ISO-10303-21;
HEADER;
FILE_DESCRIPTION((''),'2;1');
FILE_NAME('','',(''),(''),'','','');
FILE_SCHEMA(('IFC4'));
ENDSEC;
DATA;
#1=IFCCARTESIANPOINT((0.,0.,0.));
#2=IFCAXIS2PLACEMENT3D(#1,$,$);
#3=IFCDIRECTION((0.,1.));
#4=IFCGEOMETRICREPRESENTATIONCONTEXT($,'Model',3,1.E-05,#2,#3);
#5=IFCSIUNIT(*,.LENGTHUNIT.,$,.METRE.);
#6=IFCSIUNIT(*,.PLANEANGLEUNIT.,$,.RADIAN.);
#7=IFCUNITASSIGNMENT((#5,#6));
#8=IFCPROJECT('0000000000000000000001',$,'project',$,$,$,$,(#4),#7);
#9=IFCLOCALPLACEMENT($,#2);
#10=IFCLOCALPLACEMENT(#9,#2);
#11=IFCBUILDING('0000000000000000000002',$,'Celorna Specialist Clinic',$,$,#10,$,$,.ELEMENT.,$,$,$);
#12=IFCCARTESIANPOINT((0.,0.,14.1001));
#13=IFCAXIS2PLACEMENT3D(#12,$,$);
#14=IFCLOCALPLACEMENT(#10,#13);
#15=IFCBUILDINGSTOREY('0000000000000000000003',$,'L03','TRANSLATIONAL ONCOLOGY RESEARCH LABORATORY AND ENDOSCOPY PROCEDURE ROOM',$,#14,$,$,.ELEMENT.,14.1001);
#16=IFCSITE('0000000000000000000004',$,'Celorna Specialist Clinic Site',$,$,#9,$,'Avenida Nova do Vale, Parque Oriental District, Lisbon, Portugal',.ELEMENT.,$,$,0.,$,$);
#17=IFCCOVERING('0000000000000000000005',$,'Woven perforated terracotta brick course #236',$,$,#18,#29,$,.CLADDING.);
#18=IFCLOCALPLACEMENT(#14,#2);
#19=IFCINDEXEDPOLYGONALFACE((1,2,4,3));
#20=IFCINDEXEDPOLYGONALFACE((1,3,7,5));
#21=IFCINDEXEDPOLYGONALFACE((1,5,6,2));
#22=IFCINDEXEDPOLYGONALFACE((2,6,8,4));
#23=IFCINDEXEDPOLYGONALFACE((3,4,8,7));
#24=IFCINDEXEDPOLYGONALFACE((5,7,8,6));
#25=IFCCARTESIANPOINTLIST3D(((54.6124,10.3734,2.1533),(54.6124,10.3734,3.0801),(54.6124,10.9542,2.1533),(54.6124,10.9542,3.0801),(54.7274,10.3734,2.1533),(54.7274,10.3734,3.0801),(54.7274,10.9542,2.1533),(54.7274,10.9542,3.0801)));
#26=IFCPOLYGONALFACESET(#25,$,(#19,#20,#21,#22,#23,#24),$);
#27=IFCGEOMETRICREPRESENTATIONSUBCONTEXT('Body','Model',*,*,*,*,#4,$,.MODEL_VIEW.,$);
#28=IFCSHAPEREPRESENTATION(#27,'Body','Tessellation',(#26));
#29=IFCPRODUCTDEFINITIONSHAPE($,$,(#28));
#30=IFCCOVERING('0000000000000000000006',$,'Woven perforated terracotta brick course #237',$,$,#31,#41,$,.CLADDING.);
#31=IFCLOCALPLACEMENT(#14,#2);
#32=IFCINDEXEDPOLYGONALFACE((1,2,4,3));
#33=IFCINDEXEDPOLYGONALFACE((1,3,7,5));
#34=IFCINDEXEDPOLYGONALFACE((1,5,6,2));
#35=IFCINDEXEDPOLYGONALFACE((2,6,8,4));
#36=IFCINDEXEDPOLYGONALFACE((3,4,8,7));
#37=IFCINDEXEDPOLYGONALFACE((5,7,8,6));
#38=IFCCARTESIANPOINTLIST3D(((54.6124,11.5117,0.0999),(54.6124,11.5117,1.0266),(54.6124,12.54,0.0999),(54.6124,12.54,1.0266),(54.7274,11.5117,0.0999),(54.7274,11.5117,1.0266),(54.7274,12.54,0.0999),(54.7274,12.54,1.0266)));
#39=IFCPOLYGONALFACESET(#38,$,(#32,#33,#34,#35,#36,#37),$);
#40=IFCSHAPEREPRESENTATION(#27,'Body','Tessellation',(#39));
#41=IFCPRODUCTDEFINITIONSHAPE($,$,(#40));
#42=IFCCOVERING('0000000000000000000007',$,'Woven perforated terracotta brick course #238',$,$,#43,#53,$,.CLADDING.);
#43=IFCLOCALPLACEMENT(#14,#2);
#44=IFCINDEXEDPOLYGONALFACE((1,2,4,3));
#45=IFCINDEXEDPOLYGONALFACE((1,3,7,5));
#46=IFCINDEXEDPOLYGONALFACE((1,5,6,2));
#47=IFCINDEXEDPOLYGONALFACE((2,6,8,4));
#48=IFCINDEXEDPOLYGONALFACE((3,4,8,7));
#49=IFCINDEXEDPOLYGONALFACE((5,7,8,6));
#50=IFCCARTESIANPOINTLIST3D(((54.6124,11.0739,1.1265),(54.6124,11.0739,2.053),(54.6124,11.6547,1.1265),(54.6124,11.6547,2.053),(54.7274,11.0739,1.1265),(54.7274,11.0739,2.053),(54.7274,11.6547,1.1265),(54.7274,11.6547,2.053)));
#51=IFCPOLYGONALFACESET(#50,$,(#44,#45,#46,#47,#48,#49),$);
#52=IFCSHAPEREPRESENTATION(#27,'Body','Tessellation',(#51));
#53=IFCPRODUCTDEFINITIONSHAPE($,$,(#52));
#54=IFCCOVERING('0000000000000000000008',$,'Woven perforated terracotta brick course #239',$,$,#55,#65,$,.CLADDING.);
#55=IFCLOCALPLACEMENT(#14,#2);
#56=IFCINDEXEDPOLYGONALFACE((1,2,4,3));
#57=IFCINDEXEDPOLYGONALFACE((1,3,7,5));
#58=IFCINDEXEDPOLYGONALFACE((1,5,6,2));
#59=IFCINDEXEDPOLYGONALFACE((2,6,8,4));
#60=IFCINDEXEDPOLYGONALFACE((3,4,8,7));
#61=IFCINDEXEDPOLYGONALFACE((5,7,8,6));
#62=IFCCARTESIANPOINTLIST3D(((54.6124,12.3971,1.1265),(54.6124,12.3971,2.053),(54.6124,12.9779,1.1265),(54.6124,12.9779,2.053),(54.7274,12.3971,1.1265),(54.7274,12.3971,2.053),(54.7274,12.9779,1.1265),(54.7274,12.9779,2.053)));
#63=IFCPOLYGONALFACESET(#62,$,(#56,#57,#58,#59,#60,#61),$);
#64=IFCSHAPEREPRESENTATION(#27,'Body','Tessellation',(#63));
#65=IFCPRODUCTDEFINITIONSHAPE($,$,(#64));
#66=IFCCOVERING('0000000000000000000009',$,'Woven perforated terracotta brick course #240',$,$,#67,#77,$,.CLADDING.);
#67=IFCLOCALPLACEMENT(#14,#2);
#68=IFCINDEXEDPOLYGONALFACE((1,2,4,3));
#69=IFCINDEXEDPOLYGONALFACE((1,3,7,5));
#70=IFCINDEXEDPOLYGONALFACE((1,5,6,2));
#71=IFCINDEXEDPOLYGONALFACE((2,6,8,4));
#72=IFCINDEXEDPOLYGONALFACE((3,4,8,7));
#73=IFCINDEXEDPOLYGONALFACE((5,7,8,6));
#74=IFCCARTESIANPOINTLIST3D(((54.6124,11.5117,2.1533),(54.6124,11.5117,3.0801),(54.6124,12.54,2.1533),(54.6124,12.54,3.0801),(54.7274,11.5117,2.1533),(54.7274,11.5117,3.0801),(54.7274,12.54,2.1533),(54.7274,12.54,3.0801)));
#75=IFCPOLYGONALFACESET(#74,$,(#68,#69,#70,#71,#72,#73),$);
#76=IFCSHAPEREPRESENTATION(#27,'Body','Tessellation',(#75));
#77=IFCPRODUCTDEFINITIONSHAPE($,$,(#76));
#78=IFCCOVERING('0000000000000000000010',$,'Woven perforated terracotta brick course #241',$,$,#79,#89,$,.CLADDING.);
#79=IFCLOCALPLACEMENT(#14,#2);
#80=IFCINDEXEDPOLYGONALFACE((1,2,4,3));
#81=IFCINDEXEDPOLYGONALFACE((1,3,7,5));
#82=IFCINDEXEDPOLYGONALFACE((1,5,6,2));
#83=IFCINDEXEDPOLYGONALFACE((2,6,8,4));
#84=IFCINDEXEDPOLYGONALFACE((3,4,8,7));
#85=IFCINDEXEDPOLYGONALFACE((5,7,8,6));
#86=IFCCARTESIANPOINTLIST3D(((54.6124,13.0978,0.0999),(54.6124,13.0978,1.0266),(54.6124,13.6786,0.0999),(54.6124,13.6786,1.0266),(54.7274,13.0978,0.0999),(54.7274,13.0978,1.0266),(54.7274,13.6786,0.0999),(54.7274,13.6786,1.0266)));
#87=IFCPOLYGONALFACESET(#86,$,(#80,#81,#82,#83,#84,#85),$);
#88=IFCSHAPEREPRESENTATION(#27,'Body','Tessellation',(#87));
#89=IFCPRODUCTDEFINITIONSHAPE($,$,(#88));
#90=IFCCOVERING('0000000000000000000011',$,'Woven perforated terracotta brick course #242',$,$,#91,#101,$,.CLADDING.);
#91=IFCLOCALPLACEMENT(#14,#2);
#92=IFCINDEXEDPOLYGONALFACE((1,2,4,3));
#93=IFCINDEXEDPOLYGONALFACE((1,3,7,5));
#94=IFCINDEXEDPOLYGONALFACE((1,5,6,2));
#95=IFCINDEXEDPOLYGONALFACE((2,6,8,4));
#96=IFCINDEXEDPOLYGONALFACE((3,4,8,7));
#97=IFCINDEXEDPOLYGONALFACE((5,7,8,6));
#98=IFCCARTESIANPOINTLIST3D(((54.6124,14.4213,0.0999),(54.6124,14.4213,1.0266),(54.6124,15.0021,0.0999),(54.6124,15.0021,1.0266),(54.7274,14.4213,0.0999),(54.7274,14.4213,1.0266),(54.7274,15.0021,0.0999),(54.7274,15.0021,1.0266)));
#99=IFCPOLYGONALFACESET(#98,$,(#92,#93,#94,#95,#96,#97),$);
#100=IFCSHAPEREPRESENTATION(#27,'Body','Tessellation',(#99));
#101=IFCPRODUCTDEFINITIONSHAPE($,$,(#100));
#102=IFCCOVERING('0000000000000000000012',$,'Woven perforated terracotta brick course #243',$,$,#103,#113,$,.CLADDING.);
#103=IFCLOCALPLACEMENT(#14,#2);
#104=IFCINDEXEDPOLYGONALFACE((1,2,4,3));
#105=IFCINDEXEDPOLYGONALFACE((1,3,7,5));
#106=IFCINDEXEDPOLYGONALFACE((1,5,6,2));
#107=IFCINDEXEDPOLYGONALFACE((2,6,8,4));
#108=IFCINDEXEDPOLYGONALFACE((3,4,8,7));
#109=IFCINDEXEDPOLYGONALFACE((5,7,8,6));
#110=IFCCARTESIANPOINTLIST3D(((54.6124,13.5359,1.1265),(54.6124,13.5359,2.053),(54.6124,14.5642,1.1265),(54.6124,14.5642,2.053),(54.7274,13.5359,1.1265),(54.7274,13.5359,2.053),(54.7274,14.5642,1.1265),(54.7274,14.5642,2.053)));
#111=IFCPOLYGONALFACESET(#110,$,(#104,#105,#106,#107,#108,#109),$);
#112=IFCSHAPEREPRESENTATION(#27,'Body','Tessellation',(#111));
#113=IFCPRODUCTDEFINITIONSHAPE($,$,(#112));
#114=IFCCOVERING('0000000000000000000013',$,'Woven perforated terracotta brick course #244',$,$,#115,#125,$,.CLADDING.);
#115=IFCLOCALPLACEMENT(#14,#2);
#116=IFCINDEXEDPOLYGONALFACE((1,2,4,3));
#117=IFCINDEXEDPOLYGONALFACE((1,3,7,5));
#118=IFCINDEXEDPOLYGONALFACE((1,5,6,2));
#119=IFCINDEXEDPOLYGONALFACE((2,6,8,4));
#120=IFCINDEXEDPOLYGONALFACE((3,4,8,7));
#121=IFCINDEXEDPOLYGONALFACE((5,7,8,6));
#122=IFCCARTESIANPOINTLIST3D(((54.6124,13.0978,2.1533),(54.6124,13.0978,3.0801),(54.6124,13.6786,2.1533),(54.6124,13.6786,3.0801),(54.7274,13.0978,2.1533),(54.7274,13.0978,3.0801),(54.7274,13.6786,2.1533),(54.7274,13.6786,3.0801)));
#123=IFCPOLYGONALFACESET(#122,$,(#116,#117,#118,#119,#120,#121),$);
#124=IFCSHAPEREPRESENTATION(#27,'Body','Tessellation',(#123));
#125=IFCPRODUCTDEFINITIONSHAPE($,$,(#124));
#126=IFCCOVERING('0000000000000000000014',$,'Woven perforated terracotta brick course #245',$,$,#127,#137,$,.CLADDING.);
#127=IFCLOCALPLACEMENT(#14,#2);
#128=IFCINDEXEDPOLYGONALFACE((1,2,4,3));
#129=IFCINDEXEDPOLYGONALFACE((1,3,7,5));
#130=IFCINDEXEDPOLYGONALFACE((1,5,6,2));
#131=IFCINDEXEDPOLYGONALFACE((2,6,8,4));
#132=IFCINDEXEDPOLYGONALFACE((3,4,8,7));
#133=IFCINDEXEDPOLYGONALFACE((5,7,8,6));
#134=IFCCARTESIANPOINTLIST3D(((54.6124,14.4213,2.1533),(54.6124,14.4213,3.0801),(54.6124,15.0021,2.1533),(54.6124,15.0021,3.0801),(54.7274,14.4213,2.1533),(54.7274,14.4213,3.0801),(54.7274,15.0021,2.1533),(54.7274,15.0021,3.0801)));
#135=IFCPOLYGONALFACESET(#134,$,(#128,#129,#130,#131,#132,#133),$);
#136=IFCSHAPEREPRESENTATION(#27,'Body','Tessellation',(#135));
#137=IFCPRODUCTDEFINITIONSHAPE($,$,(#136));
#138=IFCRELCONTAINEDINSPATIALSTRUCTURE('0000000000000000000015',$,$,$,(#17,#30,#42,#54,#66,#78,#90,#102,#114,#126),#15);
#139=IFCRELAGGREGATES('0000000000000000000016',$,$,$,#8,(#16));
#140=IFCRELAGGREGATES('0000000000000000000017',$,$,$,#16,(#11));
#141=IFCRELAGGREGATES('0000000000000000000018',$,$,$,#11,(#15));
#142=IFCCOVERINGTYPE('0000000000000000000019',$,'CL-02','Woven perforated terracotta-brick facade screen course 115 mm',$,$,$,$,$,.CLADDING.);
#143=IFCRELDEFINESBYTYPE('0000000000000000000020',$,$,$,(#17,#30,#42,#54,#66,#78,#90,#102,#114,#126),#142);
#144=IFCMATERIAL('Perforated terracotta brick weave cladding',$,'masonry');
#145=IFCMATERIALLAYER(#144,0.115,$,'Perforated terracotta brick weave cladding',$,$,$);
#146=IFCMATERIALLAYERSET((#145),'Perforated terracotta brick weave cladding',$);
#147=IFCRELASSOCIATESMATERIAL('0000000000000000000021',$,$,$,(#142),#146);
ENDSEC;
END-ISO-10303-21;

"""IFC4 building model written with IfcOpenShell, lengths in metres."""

from ifc_helpers import new_model, si_unit, direction, frame, origin, origin_2d, place, context, subcontext, project, spatial, rectangle, extrude, material, layer, layer_set, type_object, element, save


model = new_model("IFC4")

# Units and contexts
model_context = context("Model", 3, precision=1e-05, world=origin(), true_north=direction((0.0, 1.0)))
body_context = subcontext(model_context, "Body", "Model", "MODEL_VIEW")
ifc_project = project(units=[si_unit("LENGTHUNIT", "METRE"), si_unit("PLANEANGLEUNIT", "RADIAN")], contexts=[model_context])

# Site, building, storey
site_placement = place(None, origin())
site = spatial("IfcSite", under=ifc_project, at=site_placement, Name="Celorna Specialist Clinic Site", LongName="Avenida Nova do Vale, Parque Oriental District, Lisbon, Portugal", CompositionType="ELEMENT", RefElevation=0.0)
building_placement = place(site_placement, origin())
building = spatial("IfcBuilding", under=site, at=building_placement, Name="Celorna Specialist Clinic", CompositionType="ELEMENT")
storey_placement = place(building_placement, frame((0.0, 0.0, 14.1001)))
storey = spatial("IfcBuildingStorey", under=building, at=storey_placement, Name="L03", Description="TRANSLATIONAL ONCOLOGY RESEARCH LABORATORY AND ENDOSCOPY PROCEDURE ROOM", CompositionType="ELEMENT", Elevation=14.1001)

# Coverings
ifc_material_1 = material(Name="Perforated terracotta brick weave cladding", Category="masonry")
ifc_layer_1 = layer(ifc_material_1, 0.115, Name="Perforated terracotta brick weave cladding")
ifc_layer_set_1 = layer_set([ifc_layer_1], Name="Perforated terracotta brick weave cladding")
covering_type = type_object("IfcCoveringType", Name="CL-02", Description="Woven perforated terracotta-brick facade screen course 115 mm", PredefinedType="CLADDING", material=ifc_layer_set_1)
for number, where, z_axis, x_axis, name in (
    (1, (54.6699, 10.6638, 2.1533), (0.0, 0.0, 1.0), (0.0, 1.0, 0.0), "Woven perforated terracotta brick course #236"),
):
    element("IfcCovering", number, at=place(storey_placement, frame(where, z_axis=z_axis, x_axis=x_axis)), inside=storey, type_object=covering_type, Name=name, PredefinedType="CLADDING", context=body_context, shape_type="SweptSolid", body=[
        extrude(rectangle(XDim=0.5808, YDim=0.115, at=origin_2d()), origin(), (0.0, 0.0, 1.0), 0.9268),
    ])
covering_1_placement = place(storey_placement, frame((54.6699, 12.0259, 0.0999), z_axis=(0.0, 0.0, 1.0), x_axis=(0.0, 1.0, 0.0)))
element("IfcCovering", 2, at=covering_1_placement, inside=storey, type_object=covering_type, Name="Woven perforated terracotta brick course #237", PredefinedType="CLADDING", context=body_context, shape_type="SweptSolid", body=[
    extrude(rectangle(XDim=1.0283, YDim=0.115, at=origin_2d()), origin(), (0.0, 0.0, 1.0), 0.9268),
])
for number, where, z_axis, x_axis, name in (
    (3, (54.6699, 11.3643, 1.1265), (0.0, 0.0, 1.0), (0.0, 1.0, 0.0), "Woven perforated terracotta brick course #238"),
    (4, (54.6699, 12.6875, 1.1265), (0.0, 0.0, 1.0), (0.0, 1.0, 0.0), "Woven perforated terracotta brick course #239"),
):
    element("IfcCovering", number, at=place(storey_placement, frame(where, z_axis=z_axis, x_axis=x_axis)), inside=storey, type_object=covering_type, Name=name, PredefinedType="CLADDING", context=body_context, shape_type="SweptSolid", body=[
        extrude(rectangle(XDim=0.5808, YDim=0.115, at=origin_2d()), origin(), (0.0, 0.0, 1.0), 0.9265),
    ])
covering_2_placement = place(storey_placement, frame((54.6699, 12.0259, 2.1533), z_axis=(0.0, 0.0, 1.0), x_axis=(0.0, 1.0, 0.0)))
element("IfcCovering", 5, at=covering_2_placement, inside=storey, type_object=covering_type, Name="Woven perforated terracotta brick course #240", PredefinedType="CLADDING", context=body_context, shape_type="SweptSolid", body=[
    extrude(rectangle(XDim=1.0283, YDim=0.115, at=origin_2d()), origin(), (0.0, 0.0, 1.0), 0.9268),
])
for number, where, z_axis, x_axis, name in (
    (6, (54.6699, 13.3882, 0.0999), (0.0, 0.0, 1.0), (0.0, 1.0, 0.0), "Woven perforated terracotta brick course #241"),
    (7, (54.6699, 14.7117, 0.0999), (0.0, 0.0, 1.0), (0.0, 1.0, 0.0), "Woven perforated terracotta brick course #242"),
):
    element("IfcCovering", number, at=place(storey_placement, frame(where, z_axis=z_axis, x_axis=x_axis)), inside=storey, type_object=covering_type, Name=name, PredefinedType="CLADDING", context=body_context, shape_type="SweptSolid", body=[
        extrude(rectangle(XDim=0.5808, YDim=0.115, at=origin_2d()), origin(), (0.0, 0.0, 1.0), 0.9268),
    ])
covering_3_placement = place(storey_placement, frame((54.6699, 14.05, 1.1265), z_axis=(0.0, 0.0, 1.0), x_axis=(0.0, 1.0, 0.0)))
element("IfcCovering", 8, at=covering_3_placement, inside=storey, type_object=covering_type, Name="Woven perforated terracotta brick course #243", PredefinedType="CLADDING", context=body_context, shape_type="SweptSolid", body=[
    extrude(rectangle(XDim=1.0283, YDim=0.115, at=origin_2d()), origin(), (0.0, 0.0, 1.0), 0.9265),
])
for number, where, z_axis, x_axis, name in (
    (9, (54.6699, 13.3882, 2.1533), (0.0, 0.0, 1.0), (0.0, 1.0, 0.0), "Woven perforated terracotta brick course #244"),
    (10, (54.6699, 14.7117, 2.1533), (0.0, 0.0, 1.0), (0.0, 1.0, 0.0), "Woven perforated terracotta brick course #245"),
):
    element("IfcCovering", number, at=place(storey_placement, frame(where, z_axis=z_axis, x_axis=x_axis)), inside=storey, type_object=covering_type, Name=name, PredefinedType="CLADDING", context=body_context, shape_type="SweptSolid", body=[
        extrude(rectangle(XDim=0.5808, YDim=0.115, at=origin_2d()), origin(), (0.0, 0.0, 1.0), 0.9268),
    ])

save(model, "model.ifc")
